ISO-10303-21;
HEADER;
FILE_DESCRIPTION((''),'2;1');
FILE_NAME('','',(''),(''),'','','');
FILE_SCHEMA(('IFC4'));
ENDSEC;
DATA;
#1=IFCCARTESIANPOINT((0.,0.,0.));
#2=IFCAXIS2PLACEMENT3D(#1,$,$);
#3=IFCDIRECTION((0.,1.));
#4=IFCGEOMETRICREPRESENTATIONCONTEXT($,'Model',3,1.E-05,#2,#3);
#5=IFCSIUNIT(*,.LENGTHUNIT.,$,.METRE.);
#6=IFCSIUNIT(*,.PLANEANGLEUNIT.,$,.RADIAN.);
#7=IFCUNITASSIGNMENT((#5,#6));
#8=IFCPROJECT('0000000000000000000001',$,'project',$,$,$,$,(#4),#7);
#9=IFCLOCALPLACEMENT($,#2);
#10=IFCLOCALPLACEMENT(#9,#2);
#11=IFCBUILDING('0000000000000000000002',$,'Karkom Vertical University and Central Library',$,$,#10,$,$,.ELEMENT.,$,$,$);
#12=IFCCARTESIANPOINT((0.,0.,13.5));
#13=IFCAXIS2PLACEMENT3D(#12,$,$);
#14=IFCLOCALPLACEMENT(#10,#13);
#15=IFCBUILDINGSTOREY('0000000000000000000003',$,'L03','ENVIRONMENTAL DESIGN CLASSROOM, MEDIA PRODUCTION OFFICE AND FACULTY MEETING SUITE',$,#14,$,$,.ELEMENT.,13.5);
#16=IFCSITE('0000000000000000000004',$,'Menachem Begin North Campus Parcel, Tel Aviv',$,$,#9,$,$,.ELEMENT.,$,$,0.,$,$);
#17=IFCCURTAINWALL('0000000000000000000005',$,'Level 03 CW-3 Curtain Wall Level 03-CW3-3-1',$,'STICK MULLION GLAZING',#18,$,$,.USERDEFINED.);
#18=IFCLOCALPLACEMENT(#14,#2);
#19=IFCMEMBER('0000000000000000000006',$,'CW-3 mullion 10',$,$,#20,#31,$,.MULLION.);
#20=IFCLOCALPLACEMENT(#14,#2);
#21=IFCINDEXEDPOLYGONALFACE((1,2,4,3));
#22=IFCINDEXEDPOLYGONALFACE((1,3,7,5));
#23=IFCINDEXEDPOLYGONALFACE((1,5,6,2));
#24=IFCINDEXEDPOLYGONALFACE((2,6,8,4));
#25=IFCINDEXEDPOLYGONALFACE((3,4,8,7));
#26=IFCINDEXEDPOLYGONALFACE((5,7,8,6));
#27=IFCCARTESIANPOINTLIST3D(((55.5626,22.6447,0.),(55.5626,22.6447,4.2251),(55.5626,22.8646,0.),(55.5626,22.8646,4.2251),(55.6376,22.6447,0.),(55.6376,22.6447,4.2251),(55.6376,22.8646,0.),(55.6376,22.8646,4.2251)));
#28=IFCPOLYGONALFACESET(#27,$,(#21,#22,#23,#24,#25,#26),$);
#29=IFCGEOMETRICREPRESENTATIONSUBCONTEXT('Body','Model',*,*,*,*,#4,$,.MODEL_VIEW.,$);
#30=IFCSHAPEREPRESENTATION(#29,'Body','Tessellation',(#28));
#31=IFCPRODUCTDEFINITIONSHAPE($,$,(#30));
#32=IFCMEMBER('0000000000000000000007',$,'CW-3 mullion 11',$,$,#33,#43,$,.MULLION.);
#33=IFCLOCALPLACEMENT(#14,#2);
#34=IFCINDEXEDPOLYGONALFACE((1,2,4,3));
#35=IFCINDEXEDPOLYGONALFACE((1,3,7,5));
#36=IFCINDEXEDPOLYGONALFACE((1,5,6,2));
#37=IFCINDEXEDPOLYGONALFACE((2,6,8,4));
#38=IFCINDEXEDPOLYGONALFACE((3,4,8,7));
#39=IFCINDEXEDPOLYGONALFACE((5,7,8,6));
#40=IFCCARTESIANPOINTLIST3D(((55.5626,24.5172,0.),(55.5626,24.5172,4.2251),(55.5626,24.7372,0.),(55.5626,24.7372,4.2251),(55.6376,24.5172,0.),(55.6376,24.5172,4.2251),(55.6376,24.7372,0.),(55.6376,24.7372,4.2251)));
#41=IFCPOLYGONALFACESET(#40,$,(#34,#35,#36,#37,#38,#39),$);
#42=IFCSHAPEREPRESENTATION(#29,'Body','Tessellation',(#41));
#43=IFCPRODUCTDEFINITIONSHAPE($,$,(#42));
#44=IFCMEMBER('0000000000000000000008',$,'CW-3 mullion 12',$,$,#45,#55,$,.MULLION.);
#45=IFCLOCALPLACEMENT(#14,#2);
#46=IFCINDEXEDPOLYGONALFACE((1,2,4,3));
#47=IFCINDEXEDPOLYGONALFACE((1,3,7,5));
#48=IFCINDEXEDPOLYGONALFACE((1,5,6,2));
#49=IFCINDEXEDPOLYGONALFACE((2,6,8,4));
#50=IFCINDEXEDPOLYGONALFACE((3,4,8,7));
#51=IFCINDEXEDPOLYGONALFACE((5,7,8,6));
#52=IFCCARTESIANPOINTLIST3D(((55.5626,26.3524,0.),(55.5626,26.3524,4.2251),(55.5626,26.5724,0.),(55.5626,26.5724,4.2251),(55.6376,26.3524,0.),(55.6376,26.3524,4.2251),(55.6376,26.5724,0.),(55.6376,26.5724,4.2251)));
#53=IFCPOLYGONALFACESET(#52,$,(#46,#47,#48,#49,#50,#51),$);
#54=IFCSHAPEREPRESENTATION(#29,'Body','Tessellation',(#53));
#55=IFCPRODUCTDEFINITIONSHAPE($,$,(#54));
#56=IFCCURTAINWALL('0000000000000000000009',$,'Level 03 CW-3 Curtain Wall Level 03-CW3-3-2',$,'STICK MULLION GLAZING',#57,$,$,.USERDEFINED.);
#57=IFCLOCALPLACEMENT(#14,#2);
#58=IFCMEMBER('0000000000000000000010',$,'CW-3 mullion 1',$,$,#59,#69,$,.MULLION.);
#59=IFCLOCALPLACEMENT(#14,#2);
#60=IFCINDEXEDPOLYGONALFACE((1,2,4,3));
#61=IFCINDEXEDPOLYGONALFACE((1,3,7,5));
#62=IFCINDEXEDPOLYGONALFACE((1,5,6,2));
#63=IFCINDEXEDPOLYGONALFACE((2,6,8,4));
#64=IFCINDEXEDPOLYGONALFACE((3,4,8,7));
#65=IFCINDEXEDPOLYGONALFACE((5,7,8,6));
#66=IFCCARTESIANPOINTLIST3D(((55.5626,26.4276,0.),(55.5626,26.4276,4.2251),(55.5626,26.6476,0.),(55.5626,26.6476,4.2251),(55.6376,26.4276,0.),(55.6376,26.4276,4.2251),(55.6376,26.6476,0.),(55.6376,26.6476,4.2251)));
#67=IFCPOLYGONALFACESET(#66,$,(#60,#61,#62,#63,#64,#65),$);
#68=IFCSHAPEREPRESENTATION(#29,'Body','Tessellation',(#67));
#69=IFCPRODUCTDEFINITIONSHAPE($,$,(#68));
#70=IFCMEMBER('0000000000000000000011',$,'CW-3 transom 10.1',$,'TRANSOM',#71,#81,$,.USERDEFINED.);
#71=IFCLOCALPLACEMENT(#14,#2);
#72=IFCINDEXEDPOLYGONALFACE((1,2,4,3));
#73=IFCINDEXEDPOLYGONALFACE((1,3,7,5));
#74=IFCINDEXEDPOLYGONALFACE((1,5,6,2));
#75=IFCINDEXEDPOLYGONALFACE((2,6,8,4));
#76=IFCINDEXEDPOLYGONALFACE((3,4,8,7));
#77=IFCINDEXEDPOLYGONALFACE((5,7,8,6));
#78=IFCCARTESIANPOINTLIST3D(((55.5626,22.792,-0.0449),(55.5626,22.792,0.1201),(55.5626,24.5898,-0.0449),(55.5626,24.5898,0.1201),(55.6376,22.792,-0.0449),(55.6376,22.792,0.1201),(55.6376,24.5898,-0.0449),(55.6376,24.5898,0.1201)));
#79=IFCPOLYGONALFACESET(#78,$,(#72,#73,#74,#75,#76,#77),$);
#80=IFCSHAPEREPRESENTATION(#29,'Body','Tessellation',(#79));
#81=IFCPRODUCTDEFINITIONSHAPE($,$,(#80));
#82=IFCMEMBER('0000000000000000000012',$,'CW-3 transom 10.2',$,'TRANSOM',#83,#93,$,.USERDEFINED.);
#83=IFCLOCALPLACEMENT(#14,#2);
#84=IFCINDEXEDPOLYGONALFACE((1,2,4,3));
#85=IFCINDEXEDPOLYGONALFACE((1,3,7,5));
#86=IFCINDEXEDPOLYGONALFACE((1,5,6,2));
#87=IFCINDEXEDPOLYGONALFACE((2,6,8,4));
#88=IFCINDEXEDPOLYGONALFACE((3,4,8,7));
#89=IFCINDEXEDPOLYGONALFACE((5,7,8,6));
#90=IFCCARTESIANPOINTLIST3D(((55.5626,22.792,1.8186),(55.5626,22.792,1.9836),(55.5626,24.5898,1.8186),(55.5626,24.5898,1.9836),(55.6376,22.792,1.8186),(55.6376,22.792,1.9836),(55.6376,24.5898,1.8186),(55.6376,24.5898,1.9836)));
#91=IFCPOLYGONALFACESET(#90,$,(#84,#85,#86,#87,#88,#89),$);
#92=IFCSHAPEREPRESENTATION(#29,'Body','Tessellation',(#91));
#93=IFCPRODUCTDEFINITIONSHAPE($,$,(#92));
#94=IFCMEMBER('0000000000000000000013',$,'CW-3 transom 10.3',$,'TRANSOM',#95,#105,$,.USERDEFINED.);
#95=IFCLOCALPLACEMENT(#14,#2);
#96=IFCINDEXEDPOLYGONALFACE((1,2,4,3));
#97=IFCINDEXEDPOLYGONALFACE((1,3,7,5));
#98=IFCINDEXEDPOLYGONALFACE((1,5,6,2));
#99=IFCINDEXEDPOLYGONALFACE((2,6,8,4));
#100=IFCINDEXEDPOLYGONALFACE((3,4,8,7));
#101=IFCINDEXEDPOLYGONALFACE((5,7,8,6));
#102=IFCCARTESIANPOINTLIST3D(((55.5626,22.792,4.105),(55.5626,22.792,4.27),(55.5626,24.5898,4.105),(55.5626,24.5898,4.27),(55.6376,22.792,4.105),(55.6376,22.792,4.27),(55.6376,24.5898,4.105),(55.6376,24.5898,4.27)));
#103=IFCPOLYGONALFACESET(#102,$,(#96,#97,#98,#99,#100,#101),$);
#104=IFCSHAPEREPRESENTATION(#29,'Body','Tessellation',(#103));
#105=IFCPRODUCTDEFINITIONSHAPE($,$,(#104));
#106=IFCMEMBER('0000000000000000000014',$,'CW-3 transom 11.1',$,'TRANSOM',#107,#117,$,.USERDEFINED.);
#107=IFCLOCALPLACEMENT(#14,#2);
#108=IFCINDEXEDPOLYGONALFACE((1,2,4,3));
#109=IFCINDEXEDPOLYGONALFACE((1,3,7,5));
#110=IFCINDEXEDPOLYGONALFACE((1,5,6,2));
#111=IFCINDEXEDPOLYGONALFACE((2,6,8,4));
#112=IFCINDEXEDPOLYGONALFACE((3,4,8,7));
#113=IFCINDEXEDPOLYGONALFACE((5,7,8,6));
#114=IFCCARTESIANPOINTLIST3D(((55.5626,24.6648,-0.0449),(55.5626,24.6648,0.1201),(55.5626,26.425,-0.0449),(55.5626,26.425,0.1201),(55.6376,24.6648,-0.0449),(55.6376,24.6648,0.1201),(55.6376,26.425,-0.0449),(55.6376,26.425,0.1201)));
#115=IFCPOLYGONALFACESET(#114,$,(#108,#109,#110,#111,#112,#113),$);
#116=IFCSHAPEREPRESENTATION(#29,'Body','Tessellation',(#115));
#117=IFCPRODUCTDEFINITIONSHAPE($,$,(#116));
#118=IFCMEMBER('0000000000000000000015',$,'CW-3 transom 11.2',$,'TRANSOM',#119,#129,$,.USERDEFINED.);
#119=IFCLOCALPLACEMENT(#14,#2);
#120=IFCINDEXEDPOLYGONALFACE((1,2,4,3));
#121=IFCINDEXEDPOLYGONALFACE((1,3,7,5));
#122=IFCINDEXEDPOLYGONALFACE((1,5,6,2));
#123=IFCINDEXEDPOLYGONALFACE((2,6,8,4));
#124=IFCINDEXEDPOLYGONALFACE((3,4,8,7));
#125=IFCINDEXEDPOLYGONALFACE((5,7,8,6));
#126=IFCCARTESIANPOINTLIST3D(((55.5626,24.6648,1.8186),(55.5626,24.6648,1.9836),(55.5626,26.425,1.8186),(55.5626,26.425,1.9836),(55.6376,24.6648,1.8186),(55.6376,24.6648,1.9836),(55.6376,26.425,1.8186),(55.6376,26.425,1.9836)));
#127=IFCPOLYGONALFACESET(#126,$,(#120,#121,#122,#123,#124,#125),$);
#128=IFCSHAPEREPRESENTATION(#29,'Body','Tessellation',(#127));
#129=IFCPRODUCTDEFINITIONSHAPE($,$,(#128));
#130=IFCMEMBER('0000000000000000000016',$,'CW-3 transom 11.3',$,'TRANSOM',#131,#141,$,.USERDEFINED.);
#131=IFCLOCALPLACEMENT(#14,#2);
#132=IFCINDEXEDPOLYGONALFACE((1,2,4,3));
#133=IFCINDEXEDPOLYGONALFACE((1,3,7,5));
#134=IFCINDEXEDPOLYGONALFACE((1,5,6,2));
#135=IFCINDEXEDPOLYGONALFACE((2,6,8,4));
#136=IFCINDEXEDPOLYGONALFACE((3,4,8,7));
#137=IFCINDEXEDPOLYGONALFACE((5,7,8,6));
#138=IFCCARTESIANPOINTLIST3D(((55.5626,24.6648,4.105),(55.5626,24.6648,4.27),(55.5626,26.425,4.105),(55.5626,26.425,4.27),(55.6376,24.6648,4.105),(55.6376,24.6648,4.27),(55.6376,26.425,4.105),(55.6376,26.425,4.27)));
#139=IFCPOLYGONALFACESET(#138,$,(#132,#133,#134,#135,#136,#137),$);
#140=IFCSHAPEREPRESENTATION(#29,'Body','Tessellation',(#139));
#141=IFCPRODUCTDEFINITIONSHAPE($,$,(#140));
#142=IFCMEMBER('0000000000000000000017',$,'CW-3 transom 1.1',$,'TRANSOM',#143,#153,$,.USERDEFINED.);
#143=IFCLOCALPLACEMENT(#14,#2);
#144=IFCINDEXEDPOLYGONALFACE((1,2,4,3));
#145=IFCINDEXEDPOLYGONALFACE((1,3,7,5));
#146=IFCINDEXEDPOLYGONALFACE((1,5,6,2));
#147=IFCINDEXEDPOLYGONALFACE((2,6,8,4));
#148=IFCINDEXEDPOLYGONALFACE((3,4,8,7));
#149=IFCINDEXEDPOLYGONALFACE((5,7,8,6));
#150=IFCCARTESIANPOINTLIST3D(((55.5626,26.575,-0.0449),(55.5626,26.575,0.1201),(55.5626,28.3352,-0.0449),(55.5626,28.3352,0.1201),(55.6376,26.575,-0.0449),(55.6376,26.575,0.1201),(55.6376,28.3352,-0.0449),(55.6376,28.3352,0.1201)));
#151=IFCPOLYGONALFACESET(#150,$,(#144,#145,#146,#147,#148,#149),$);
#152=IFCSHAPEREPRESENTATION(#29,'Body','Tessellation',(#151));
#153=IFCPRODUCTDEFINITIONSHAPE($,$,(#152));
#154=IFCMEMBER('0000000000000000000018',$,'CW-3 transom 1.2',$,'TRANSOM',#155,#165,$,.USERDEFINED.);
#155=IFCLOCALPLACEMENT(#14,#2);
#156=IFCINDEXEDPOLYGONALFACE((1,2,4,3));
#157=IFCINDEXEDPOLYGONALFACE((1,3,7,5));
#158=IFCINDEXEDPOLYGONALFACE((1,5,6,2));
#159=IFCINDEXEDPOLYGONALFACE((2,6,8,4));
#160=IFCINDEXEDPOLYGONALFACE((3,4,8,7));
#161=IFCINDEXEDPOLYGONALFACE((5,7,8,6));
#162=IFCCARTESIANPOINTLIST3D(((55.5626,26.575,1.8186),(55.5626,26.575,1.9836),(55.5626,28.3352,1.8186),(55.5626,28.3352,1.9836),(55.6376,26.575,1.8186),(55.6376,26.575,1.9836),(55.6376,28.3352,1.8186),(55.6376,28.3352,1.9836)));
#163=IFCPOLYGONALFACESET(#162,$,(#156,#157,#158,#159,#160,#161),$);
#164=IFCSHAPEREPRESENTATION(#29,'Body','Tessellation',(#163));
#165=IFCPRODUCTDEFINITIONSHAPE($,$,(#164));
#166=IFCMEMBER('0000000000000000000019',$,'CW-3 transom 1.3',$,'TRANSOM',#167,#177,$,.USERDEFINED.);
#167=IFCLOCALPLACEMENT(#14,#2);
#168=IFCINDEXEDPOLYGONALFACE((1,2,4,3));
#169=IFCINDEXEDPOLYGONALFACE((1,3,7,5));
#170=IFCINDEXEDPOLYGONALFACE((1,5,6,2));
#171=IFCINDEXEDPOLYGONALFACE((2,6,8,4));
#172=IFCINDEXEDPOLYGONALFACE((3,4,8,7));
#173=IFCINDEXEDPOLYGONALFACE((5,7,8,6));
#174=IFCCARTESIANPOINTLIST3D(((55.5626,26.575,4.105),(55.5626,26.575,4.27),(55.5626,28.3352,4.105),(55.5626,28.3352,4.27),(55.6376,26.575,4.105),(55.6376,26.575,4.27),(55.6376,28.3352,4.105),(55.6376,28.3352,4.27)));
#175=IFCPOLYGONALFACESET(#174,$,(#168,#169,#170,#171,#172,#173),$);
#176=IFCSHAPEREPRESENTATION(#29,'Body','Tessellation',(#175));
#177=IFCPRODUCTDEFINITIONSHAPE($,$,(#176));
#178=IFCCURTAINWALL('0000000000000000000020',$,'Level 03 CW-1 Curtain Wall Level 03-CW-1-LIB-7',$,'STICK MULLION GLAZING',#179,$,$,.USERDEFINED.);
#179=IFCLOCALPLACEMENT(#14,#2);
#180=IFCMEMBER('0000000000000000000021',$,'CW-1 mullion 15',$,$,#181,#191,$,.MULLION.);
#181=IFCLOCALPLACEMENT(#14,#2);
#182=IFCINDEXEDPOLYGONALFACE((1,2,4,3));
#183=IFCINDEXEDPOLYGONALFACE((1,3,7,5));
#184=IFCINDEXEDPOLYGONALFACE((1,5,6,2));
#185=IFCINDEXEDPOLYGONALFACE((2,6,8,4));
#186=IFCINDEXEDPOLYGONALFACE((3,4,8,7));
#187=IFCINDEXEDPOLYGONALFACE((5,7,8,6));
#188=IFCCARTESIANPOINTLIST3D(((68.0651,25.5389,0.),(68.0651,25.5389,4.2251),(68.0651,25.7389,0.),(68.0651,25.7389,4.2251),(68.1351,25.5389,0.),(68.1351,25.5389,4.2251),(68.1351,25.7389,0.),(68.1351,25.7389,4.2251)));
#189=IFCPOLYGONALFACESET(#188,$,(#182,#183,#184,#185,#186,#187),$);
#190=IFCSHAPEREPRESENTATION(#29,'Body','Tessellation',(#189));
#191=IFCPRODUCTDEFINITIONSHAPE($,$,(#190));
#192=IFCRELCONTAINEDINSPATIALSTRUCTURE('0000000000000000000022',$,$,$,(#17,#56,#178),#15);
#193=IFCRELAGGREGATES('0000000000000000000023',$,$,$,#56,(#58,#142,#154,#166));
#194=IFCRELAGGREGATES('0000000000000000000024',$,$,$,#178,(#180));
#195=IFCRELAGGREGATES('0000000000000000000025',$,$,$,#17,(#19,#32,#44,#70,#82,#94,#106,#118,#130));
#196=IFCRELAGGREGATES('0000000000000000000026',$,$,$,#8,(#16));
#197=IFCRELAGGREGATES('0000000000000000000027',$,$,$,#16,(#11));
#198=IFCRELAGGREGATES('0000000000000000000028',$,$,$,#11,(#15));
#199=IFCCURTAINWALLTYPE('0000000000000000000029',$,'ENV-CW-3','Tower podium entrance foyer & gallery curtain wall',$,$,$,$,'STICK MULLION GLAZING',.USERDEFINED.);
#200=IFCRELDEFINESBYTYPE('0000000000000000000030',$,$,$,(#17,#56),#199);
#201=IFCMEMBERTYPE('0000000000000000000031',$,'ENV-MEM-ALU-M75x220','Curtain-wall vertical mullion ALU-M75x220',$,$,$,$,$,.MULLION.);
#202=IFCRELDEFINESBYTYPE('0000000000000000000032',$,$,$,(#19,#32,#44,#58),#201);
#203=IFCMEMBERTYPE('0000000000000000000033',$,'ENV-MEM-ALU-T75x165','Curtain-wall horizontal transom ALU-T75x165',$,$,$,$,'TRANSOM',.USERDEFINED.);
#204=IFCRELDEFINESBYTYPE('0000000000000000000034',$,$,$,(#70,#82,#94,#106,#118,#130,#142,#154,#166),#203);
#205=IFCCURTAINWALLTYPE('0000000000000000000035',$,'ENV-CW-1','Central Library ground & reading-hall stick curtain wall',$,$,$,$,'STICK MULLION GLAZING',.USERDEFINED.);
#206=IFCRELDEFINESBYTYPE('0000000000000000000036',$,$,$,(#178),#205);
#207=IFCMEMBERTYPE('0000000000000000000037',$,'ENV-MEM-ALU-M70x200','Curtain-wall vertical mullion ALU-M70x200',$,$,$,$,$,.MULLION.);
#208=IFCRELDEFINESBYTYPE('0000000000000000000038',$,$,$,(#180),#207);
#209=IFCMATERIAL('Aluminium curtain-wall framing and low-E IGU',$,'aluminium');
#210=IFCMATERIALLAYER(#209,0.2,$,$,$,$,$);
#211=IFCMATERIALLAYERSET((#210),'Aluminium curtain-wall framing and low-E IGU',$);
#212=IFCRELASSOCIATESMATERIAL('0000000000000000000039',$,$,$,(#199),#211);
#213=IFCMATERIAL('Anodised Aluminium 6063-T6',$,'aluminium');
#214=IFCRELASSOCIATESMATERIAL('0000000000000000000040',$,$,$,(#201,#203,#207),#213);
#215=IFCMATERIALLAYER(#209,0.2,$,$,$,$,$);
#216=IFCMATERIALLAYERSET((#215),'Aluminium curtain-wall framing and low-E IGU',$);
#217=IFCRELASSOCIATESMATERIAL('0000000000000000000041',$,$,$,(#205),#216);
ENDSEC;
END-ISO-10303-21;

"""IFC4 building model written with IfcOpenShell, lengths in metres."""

from ifc_helpers import new_model, si_unit, direction, frame, origin, origin_with_axes, origin_2d, place, context, subcontext, project, spatial, rectangle, extrude, source, transform, mapped, material, layer, layer_set, material_profile, profile_set, type_object, element, aggregate, save


model = new_model("IFC4")

# Units and contexts
model_context = context("Model", 3, precision=1e-05, world=origin(), true_north=direction((0.0, 1.0)))
body_context = subcontext(model_context, "Body", "Model", "MODEL_VIEW")
ifc_project = project(units=[si_unit("LENGTHUNIT", "METRE"), si_unit("PLANEANGLEUNIT", "RADIAN")], contexts=[model_context])

# Site, building, storey
site_placement = place(None, origin())
site = spatial("IfcSite", under=ifc_project, at=site_placement, Name="Menachem Begin North Campus Parcel, Tel Aviv", CompositionType="ELEMENT", RefElevation=0.0)
building_placement = place(site_placement, origin())
building = spatial("IfcBuilding", under=site, at=building_placement, Name="Karkom Vertical University and Central Library", CompositionType="ELEMENT")
storey_placement = place(building_placement, frame((0.0, 0.0, 13.5)))
storey = spatial("IfcBuildingStorey", under=building, at=storey_placement, Name="L03", Description="ENVIRONMENTAL DESIGN CLASSROOM, MEDIA PRODUCTION OFFICE AND FACULTY MEETING SUITE", CompositionType="ELEMENT", Elevation=13.5)

# Curtain wall, members
ifc_material_1 = material(Name="Aluminium curtain-wall framing and low-E IGU", Category="aluminium")
ifc_layer_1 = layer(ifc_material_1, 0.2)
ifc_layer_set_1 = layer_set([ifc_layer_1], Name="Aluminium curtain-wall framing and low-E IGU")
curtain_wall_type_1 = type_object("IfcCurtainWallType", Name="ENV-CW-3", Description="Tower podium entrance foyer & gallery curtain wall", ElementType="STICK MULLION GLAZING", PredefinedType="USERDEFINED", material=ifc_layer_set_1)
curtain_wall_1_placement = place(storey_placement, origin())
curtain_wall_1 = element("IfcCurtainWall", 1, at=curtain_wall_1_placement, inside=storey, type_object=curtain_wall_type_1, Name="Level 03 CW-3 Curtain Wall Level 03-CW3-3-1", ObjectType="STICK MULLION GLAZING", PredefinedType="USERDEFINED")
ifc_material_2 = material(Name="Anodised Aluminium 6063-T6", Category="aluminium")
ifc_material_profile_1 = material_profile(ifc_material_2, rectangle(XDim=0.075, YDim=0.22, at=origin_2d()), Name="ALU-M75x220")
ifc_profile_set_1 = profile_set([ifc_material_profile_1], Name="Anodised Aluminium 6063-T6")
member_type_1 = type_object("IfcMemberType", Name="ENV-MEM-ALU-M75x220", Description="Curtain-wall vertical mullion ALU-M75x220", PredefinedType="MULLION", material=ifc_profile_set_1)
shared_shape_1 = source(origin_with_axes(), body_context, "Body", "SweptSolid", [
    extrude(rectangle(XDim=0.075, YDim=0.22, at=origin_2d()), origin(), (0.0, 0.0, 1.0), 4.2251),
])
member_1_placement = place(storey_placement, frame((55.6001, 22.7546, 0.0), z_axis=(0.0, 0.0, 1.0), x_axis=(-1.0, 0.0, 0.0)))
member_1 = element("IfcMember", 2, at=member_1_placement, type_object=member_type_1, Name="CW-3 mullion 10", PredefinedType="MULLION", context=body_context, shape_type="MappedRepresentation", body=[
    mapped(shared_shape_1, transform((0.0, 0.0, 0.0), scale=1.0)),
])
member_2_placement = place(storey_placement, frame((55.6001, 24.6272, 0.0), z_axis=(0.0, 0.0, 1.0), x_axis=(-1.0, 0.0, 0.0)))
member_2 = element("IfcMember", 3, at=member_2_placement, type_object=member_type_1, Name="CW-3 mullion 11", PredefinedType="MULLION", context=body_context, shape_type="MappedRepresentation", body=[
    mapped(shared_shape_1, transform((0.0, 0.0, 0.0), scale=1.0)),
])
member_3_placement = place(storey_placement, frame((55.6001, 26.4624, 0.0), z_axis=(0.0, 0.0, 1.0), x_axis=(-1.0, 0.0, 0.0)))
member_3 = element("IfcMember", 4, at=member_3_placement, type_object=member_type_1, Name="CW-3 mullion 12", PredefinedType="MULLION", context=body_context, shape_type="MappedRepresentation", body=[
    mapped(shared_shape_1, transform((0.0, 0.0, 0.0), scale=1.0)),
])

# Curtain wall, member
curtain_wall_2_placement = place(storey_placement, origin())
curtain_wall_2 = element("IfcCurtainWall", 5, at=curtain_wall_2_placement, inside=storey, type_object=curtain_wall_type_1, Name="Level 03 CW-3 Curtain Wall Level 03-CW3-3-2", ObjectType="STICK MULLION GLAZING", PredefinedType="USERDEFINED")
member_4_placement = place(storey_placement, frame((55.6001, 26.5376, 0.0), z_axis=(0.0, 0.0, 1.0), x_axis=(-1.0, 0.0, 0.0)))
member_4 = element("IfcMember", 6, at=member_4_placement, type_object=member_type_1, Name="CW-3 mullion 1", PredefinedType="MULLION", context=body_context, shape_type="MappedRepresentation", body=[
    mapped(shared_shape_1, transform((0.0, 0.0, 0.0), scale=1.0)),
])

# Members
ifc_material_profile_2 = material_profile(ifc_material_2, rectangle(XDim=0.075, YDim=0.165, at=origin_2d()), Name="ALU-T75x165")
ifc_profile_set_2 = profile_set([ifc_material_profile_2], Name="Anodised Aluminium 6063-T6")
member_type_2 = type_object("IfcMemberType", Name="ENV-MEM-ALU-T75x165", Description="Curtain-wall horizontal transom ALU-T75x165", ElementType="TRANSOM", PredefinedType="USERDEFINED", material=ifc_profile_set_2)
shared_shape_2 = source(origin_with_axes(), body_context, "Body", "SweptSolid", [
    extrude(rectangle(XDim=0.075, YDim=0.165, at=origin_2d()), origin(), (0.0, 0.0, 1.0), 1.7979),
])
member_5_placement = place(storey_placement, frame((55.6001, 22.792, 0.0376), z_axis=(0.0, 1.0, 0.0), x_axis=(-1.0, 0.0, 0.0)))
member_5 = element("IfcMember", 7, at=member_5_placement, type_object=member_type_2, Name="CW-3 transom 10.1", ObjectType="TRANSOM", PredefinedType="USERDEFINED", context=body_context, shape_type="MappedRepresentation", body=[
    mapped(shared_shape_2, transform((0.0, 0.0, 0.0), scale=1.0)),
])
member_6_placement = place(storey_placement, frame((55.6001, 22.792, 1.9011), z_axis=(0.0, 1.0, 0.0), x_axis=(-1.0, 0.0, 0.0)))
member_6 = element("IfcMember", 8, at=member_6_placement, type_object=member_type_2, Name="CW-3 transom 10.2", ObjectType="TRANSOM", PredefinedType="USERDEFINED", context=body_context, shape_type="MappedRepresentation", body=[
    mapped(shared_shape_2, transform((0.0, 0.0, 0.0), scale=1.0)),
])
member_7_placement = place(storey_placement, frame((55.6001, 22.792, 4.1875), z_axis=(0.0, 1.0, 0.0), x_axis=(-1.0, 0.0, 0.0)))
member_7 = element("IfcMember", 9, at=member_7_placement, type_object=member_type_2, Name="CW-3 transom 10.3", ObjectType="TRANSOM", PredefinedType="USERDEFINED", context=body_context, shape_type="MappedRepresentation", body=[
    mapped(shared_shape_2, transform((0.0, 0.0, 0.0), scale=1.0)),
])
shared_shape_3 = source(origin_with_axes(), body_context, "Body", "SweptSolid", [
    extrude(rectangle(XDim=0.075, YDim=0.165, at=origin_2d()), origin(), (0.0, 0.0, 1.0), 1.7603),
])
member_8_placement = place(storey_placement, frame((55.6001, 24.6648, 0.0376), z_axis=(0.0, 1.0, 0.0), x_axis=(-1.0, 0.0, 0.0)))
member_8 = element("IfcMember", 10, at=member_8_placement, type_object=member_type_2, Name="CW-3 transom 11.1", ObjectType="TRANSOM", PredefinedType="USERDEFINED", context=body_context, shape_type="MappedRepresentation", body=[
    mapped(shared_shape_3, transform((0.0, 0.0, 0.0), scale=1.0)),
])
member_9_placement = place(storey_placement, frame((55.6001, 24.6648, 1.9011), z_axis=(0.0, 1.0, 0.0), x_axis=(-1.0, 0.0, 0.0)))
member_9 = element("IfcMember", 11, at=member_9_placement, type_object=member_type_2, Name="CW-3 transom 11.2", ObjectType="TRANSOM", PredefinedType="USERDEFINED", context=body_context, shape_type="MappedRepresentation", body=[
    mapped(shared_shape_3, transform((0.0, 0.0, 0.0), scale=1.0)),
])
member_10_placement = place(storey_placement, frame((55.6001, 24.6648, 4.1875), z_axis=(0.0, 1.0, 0.0), x_axis=(-1.0, 0.0, 0.0)))
member_10 = element("IfcMember", 12, at=member_10_placement, type_object=member_type_2, Name="CW-3 transom 11.3", ObjectType="TRANSOM", PredefinedType="USERDEFINED", context=body_context, shape_type="MappedRepresentation", body=[
    mapped(shared_shape_3, transform((0.0, 0.0, 0.0), scale=1.0)),
])
member_11_placement = place(storey_placement, frame((55.6001, 26.575, 0.0376), z_axis=(0.0, 1.0, 0.0), x_axis=(-1.0, 0.0, 0.0)))
member_11 = element("IfcMember", 13, at=member_11_placement, type_object=member_type_2, Name="CW-3 transom 1.1", ObjectType="TRANSOM", PredefinedType="USERDEFINED", context=body_context, shape_type="MappedRepresentation", body=[
    mapped(shared_shape_3, transform((0.0, 0.0, 0.0), scale=1.0)),
])
member_12_placement = place(storey_placement, frame((55.6001, 26.575, 1.9011), z_axis=(0.0, 1.0, 0.0), x_axis=(-1.0, 0.0, 0.0)))
member_12 = element("IfcMember", 14, at=member_12_placement, type_object=member_type_2, Name="CW-3 transom 1.2", ObjectType="TRANSOM", PredefinedType="USERDEFINED", context=body_context, shape_type="MappedRepresentation", body=[
    mapped(shared_shape_3, transform((0.0, 0.0, 0.0), scale=1.0)),
])
member_13_placement = place(storey_placement, frame((55.6001, 26.575, 4.1875), z_axis=(0.0, 1.0, 0.0), x_axis=(-1.0, 0.0, 0.0)))
member_13 = element("IfcMember", 15, at=member_13_placement, type_object=member_type_2, Name="CW-3 transom 1.3", ObjectType="TRANSOM", PredefinedType="USERDEFINED", context=body_context, shape_type="MappedRepresentation", body=[
    mapped(shared_shape_3, transform((0.0, 0.0, 0.0), scale=1.0)),
])
aggregate(curtain_wall_2, [member_4, member_11, member_12, member_13])

# Curtain wall, member
ifc_layer_2 = layer(ifc_material_1, 0.2)
ifc_layer_set_2 = layer_set([ifc_layer_2], Name="Aluminium curtain-wall framing and low-E IGU")
curtain_wall_type_2 = type_object("IfcCurtainWallType", Name="ENV-CW-1", Description="Central Library ground & reading-hall stick curtain wall", ElementType="STICK MULLION GLAZING", PredefinedType="USERDEFINED", material=ifc_layer_set_2)
curtain_wall_3_placement = place(storey_placement, origin())
curtain_wall_3 = element("IfcCurtainWall", 16, at=curtain_wall_3_placement, inside=storey, type_object=curtain_wall_type_2, Name="Level 03 CW-1 Curtain Wall Level 03-CW-1-LIB-7", ObjectType="STICK MULLION GLAZING", PredefinedType="USERDEFINED")
ifc_material_profile_3 = material_profile(ifc_material_2, rectangle(XDim=0.0701, YDim=0.2, at=origin_2d()), Name="ALU-M70x200")
ifc_profile_set_3 = profile_set([ifc_material_profile_3], Name="Anodised Aluminium 6063-T6")
member_type_3 = type_object("IfcMemberType", Name="ENV-MEM-ALU-M70x200", Description="Curtain-wall vertical mullion ALU-M70x200", PredefinedType="MULLION", material=ifc_profile_set_3)
shared_shape_4 = source(origin_with_axes(), body_context, "Body", "SweptSolid", [
    extrude(rectangle(XDim=0.0701, YDim=0.2, at=origin_2d()), origin(), (0.0, 0.0, 1.0), 4.2251),
])
member_14_placement = place(storey_placement, frame((68.1001, 25.6389, 0.0), z_axis=(0.0, 0.0, 1.0), x_axis=(1.0, 0.0, 0.0)))
member_14 = element("IfcMember", 17, at=member_14_placement, type_object=member_type_3, Name="CW-1 mullion 15", PredefinedType="MULLION", context=body_context, shape_type="MappedRepresentation", body=[
    mapped(shared_shape_4, transform((0.0, 0.0, 0.0), scale=1.0)),
])
aggregate(curtain_wall_3, [member_14])

aggregate(curtain_wall_1, [member_1, member_2, member_3, member_5, member_6, member_7, member_8, member_9, member_10])

save(model, "model.ifc")
